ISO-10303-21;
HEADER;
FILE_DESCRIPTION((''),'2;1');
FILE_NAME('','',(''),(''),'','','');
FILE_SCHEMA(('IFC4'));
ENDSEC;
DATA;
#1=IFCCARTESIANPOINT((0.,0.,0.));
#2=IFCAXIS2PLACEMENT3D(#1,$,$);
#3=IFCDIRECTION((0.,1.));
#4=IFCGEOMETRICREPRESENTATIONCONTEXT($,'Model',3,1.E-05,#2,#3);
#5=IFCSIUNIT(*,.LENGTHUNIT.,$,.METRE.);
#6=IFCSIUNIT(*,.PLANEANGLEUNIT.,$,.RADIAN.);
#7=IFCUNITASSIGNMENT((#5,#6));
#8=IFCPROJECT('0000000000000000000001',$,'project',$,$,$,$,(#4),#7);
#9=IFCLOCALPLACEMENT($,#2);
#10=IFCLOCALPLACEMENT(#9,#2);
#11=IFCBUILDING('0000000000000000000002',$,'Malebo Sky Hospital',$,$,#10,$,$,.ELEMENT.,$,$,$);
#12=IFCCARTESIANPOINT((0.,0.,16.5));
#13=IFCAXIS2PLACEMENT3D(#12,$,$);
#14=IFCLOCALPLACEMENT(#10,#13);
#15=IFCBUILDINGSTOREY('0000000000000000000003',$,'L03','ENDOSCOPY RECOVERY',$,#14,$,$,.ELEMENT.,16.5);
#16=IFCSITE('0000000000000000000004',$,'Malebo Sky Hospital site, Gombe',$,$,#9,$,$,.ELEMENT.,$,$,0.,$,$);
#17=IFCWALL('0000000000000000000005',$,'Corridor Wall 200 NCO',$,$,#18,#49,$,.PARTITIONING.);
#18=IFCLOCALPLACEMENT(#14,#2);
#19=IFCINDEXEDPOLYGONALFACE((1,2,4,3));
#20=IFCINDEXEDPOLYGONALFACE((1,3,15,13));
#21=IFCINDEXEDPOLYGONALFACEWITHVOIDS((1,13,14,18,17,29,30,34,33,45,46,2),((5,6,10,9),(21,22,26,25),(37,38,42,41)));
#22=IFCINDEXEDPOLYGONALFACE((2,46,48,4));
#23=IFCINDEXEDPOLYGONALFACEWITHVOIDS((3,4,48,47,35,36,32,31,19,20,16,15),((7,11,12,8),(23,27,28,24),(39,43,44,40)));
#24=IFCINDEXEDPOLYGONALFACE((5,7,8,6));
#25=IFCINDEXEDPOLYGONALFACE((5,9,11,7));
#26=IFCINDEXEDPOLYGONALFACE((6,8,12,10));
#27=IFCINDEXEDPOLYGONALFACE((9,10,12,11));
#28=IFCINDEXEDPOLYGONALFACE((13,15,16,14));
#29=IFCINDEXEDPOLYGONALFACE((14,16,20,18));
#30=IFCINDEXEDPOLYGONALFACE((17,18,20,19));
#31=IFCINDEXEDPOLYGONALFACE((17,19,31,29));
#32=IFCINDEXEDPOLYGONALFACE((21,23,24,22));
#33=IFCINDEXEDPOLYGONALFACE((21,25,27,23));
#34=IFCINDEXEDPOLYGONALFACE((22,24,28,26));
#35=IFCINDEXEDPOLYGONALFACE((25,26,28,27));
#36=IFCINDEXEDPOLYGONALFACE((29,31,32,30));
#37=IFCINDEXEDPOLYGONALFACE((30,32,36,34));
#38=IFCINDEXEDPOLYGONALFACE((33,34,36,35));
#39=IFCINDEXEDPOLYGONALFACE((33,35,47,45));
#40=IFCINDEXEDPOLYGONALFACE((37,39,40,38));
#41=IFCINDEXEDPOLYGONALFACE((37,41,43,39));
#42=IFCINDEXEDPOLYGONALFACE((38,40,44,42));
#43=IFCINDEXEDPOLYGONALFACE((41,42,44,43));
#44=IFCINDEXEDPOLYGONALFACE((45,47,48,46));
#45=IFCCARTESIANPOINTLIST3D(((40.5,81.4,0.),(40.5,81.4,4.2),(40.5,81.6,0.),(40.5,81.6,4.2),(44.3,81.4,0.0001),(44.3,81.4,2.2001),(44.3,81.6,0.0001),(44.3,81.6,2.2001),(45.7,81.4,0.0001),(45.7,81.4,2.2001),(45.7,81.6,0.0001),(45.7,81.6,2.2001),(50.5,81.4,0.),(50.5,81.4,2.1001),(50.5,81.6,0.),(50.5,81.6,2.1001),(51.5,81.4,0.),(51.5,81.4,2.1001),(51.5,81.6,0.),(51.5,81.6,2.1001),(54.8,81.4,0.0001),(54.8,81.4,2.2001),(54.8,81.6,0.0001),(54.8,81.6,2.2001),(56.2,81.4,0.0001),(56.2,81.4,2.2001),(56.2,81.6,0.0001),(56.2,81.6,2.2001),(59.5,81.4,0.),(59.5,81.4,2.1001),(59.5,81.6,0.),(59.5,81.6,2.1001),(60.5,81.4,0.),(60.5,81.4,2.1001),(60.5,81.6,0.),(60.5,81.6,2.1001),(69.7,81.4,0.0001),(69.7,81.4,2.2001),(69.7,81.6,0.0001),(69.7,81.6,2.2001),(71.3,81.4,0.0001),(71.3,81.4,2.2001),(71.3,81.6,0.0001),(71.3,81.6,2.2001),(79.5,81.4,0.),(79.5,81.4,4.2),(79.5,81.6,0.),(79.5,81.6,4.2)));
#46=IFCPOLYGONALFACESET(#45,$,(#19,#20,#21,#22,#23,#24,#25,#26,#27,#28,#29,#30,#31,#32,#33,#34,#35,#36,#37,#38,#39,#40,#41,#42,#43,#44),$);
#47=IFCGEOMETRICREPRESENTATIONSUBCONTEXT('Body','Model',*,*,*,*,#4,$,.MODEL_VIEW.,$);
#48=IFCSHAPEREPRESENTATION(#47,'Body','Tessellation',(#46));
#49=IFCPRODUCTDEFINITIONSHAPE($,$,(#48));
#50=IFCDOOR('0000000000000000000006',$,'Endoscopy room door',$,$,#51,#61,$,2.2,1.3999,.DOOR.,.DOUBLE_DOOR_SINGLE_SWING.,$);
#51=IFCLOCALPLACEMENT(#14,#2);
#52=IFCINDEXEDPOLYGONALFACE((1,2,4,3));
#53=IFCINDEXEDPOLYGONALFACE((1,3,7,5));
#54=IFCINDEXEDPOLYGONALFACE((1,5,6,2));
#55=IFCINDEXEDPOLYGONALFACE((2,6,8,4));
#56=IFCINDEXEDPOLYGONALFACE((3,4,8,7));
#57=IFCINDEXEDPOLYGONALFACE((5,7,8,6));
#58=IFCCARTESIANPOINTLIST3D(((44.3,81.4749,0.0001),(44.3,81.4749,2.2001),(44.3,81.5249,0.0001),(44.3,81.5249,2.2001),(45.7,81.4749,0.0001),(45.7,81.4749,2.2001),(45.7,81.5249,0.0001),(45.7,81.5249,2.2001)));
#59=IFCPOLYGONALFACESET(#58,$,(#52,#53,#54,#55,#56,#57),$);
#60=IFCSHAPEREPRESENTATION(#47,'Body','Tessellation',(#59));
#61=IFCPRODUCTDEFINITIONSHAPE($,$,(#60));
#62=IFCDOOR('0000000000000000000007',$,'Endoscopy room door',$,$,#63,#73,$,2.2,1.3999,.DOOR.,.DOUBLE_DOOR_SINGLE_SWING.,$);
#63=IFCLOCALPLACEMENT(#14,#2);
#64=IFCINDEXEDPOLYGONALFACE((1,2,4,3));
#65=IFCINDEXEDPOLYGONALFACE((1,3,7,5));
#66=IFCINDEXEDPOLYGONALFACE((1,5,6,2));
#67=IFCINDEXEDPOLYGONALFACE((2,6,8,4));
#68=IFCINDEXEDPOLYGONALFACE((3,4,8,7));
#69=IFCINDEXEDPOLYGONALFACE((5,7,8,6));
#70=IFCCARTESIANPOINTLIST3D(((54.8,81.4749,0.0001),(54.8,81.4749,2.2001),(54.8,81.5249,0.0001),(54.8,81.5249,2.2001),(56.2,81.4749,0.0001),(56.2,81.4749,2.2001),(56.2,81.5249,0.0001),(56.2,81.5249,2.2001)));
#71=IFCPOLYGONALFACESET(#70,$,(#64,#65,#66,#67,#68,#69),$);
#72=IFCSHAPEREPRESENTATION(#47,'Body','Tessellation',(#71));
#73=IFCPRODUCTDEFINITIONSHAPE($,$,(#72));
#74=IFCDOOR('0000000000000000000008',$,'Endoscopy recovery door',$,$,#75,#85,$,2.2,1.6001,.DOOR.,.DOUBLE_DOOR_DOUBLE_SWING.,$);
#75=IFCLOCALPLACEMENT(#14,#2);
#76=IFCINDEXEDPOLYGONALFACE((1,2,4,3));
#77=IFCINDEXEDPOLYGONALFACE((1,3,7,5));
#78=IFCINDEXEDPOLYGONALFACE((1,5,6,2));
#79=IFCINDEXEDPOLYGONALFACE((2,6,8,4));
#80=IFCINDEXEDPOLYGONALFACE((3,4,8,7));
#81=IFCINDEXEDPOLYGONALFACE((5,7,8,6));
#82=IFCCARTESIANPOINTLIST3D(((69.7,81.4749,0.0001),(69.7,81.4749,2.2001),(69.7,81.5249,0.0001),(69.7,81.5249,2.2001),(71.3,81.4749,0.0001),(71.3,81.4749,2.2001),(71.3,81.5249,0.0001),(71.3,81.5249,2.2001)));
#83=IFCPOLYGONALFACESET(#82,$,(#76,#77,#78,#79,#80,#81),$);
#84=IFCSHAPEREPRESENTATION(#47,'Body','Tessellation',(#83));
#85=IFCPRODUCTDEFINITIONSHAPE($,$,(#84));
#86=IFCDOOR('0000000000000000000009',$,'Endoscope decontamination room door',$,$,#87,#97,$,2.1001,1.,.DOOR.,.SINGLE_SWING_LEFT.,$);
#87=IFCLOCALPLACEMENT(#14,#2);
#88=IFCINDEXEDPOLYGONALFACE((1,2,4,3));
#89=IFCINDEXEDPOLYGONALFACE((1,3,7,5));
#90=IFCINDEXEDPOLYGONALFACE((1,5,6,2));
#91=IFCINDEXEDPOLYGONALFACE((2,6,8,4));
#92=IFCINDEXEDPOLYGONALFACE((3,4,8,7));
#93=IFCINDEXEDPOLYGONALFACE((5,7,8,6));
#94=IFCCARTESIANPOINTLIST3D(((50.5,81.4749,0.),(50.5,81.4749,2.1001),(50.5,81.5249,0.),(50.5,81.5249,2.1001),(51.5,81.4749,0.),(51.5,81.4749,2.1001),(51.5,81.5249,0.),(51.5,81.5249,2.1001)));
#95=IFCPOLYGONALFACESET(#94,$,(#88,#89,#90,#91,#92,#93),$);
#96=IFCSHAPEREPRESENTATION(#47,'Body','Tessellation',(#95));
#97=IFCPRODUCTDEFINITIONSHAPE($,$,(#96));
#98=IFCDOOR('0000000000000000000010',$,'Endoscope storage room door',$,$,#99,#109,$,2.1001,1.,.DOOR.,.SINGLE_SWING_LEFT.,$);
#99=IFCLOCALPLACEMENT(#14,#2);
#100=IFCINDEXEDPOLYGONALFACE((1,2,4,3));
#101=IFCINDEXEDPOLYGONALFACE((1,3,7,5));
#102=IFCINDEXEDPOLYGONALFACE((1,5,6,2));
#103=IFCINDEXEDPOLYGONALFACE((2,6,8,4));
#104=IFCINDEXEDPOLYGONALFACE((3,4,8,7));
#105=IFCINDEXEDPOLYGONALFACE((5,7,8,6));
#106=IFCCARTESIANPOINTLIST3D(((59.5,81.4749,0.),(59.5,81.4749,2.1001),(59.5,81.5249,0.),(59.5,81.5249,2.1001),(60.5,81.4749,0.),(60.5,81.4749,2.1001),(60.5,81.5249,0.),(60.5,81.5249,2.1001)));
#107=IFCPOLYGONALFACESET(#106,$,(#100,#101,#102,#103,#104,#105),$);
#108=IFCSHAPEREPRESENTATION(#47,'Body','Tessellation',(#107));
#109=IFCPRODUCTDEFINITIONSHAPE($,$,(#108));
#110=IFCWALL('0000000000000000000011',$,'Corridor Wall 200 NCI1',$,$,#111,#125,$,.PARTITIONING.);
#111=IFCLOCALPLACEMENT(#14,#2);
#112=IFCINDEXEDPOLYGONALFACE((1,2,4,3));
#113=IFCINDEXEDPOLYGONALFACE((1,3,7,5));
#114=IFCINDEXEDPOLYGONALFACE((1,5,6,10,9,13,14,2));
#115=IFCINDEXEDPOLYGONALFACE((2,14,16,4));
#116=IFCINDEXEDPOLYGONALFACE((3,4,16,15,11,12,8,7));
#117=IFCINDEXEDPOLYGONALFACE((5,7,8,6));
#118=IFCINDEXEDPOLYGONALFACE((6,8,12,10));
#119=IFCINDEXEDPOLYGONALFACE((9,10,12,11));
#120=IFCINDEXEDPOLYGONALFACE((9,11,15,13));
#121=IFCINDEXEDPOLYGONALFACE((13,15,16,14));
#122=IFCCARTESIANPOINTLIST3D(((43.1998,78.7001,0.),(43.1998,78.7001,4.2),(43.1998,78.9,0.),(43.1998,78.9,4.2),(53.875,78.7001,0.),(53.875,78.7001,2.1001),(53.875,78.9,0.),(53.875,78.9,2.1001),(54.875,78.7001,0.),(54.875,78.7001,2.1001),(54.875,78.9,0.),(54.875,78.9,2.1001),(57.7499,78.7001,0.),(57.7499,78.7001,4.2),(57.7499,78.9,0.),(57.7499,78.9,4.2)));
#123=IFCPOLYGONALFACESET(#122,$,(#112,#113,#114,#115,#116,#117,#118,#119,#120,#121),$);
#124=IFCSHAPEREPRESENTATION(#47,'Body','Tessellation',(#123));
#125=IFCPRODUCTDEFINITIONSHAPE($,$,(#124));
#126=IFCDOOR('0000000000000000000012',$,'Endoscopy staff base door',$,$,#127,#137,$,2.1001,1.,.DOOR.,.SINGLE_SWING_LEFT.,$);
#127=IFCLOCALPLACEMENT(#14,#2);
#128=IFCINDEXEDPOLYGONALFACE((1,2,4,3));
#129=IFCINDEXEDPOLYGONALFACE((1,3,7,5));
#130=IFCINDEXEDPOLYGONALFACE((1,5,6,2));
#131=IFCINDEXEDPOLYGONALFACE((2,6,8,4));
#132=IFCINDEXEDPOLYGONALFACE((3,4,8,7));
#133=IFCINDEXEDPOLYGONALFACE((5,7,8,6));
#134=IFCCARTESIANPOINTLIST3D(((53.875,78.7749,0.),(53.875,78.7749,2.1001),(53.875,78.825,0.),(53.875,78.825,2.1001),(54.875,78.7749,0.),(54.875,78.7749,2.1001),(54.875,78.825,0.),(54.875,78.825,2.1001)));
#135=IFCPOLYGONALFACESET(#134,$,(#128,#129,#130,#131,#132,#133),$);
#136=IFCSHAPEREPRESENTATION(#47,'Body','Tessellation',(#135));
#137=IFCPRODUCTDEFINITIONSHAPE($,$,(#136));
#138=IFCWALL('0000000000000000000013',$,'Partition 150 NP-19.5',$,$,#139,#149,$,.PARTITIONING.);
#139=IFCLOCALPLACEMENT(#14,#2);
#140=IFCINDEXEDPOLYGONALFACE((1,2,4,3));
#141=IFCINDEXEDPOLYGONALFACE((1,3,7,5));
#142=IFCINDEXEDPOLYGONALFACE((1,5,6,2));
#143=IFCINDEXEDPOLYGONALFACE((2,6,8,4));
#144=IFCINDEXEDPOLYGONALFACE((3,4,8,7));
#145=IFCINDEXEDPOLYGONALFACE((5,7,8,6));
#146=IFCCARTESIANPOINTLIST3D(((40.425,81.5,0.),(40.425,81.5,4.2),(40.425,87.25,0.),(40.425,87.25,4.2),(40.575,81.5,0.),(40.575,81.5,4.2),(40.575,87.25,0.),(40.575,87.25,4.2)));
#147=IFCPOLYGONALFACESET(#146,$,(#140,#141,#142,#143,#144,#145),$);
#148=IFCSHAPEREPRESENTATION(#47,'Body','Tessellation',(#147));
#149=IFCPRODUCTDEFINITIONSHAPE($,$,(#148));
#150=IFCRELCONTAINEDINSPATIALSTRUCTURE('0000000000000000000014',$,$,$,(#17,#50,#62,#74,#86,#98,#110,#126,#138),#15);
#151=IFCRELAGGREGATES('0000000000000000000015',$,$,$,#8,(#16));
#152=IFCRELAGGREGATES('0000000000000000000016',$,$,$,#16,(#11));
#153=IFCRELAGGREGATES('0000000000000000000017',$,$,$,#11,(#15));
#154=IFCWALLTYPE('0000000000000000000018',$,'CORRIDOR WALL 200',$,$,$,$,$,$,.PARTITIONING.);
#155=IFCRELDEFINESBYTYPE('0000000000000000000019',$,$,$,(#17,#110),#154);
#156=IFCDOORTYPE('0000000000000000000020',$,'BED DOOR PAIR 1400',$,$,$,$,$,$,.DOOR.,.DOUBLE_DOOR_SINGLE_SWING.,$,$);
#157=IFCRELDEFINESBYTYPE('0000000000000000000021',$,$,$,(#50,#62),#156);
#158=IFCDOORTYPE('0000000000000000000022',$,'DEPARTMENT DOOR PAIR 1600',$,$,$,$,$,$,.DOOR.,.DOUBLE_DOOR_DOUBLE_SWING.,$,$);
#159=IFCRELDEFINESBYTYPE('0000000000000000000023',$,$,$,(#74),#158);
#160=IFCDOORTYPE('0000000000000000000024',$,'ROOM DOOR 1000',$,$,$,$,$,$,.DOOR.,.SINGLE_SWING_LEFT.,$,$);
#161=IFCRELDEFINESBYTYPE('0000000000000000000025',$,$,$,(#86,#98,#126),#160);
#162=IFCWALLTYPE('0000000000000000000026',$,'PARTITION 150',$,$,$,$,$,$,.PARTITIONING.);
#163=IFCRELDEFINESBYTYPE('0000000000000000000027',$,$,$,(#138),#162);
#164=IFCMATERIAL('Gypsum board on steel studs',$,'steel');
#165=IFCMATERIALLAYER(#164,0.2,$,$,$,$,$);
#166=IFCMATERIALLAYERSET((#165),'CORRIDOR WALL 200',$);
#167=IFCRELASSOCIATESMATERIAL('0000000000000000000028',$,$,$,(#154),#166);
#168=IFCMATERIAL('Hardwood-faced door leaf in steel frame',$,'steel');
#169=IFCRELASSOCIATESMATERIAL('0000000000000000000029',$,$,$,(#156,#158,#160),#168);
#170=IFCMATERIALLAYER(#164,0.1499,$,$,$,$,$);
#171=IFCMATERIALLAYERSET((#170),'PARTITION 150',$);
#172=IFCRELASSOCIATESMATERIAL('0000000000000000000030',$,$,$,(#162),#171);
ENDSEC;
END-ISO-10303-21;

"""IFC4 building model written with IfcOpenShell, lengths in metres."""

from ifc_helpers import new_model, si_unit, direction, frame, frame_2d, origin, place, context, subcontext, project, spatial, rectangle, extrude, material, layer, layer_set, type_object, element, fill, save


model = new_model("IFC4")

# Units and contexts
model_context = context("Model", 3, precision=1e-05, world=origin(), true_north=direction((0.0, 1.0)))
body_context = subcontext(model_context, "Body", "Model", "MODEL_VIEW")
ifc_project = project(units=[si_unit("LENGTHUNIT", "METRE"), si_unit("PLANEANGLEUNIT", "RADIAN")], contexts=[model_context])

# Site, building, storey
site_placement = place(None, origin())
site = spatial("IfcSite", under=ifc_project, at=site_placement, Name="Malebo Sky Hospital site, Gombe", CompositionType="ELEMENT", RefElevation=0.0)
building_placement = place(site_placement, origin())
building = spatial("IfcBuilding", under=site, at=building_placement, Name="Malebo Sky Hospital", CompositionType="ELEMENT")
storey_placement = place(building_placement, frame((0.0, 0.0, 16.5)))
storey = spatial("IfcBuildingStorey", under=building, at=storey_placement, Name="L03", Description="ENDOSCOPY RECOVERY", CompositionType="ELEMENT", Elevation=16.5)

# Wall, openings, doors
ifc_material_1 = material(Name="Gypsum board on steel studs", Category="steel")
ifc_layer_1 = layer(ifc_material_1, 0.2)
ifc_layer_set_1 = layer_set([ifc_layer_1], Name="CORRIDOR WALL 200")
wall_type_1 = type_object("IfcWallType", Name="CORRIDOR WALL 200", PredefinedType="PARTITIONING", material=ifc_layer_set_1)
wall_1_placement = place(storey_placement, frame((40.5, 81.5, 0.0), z_axis=(0.0, 0.0, 1.0), x_axis=(1.0, 0.0, 0.0)))
wall_1 = element("IfcWall", 1, at=wall_1_placement, inside=storey, type_object=wall_type_1, Name="Corridor Wall 200 NCO", PredefinedType="PARTITIONING", context=body_context, shape_type="SweptSolid", body=[
    extrude(rectangle(XDim=39.0, YDim=0.2, at=frame_2d((19.5, 0.0))), origin(), (0.0, 0.0, 1.0), 4.2),
])
opening_1_placement = place(wall_1_placement, frame((3.8, 0.0, 0.0)))
opening_1 = element("IfcOpeningElement", 2, at=opening_1_placement, cuts=wall_1, PredefinedType="OPENING", context=body_context, shape_type="SweptSolid", body=[
    extrude(rectangle(XDim=1.3999, YDim=2.2, at=frame_2d((0.7, 1.1001))), frame((0.0, 0.1099, 0.0), z_axis=(0.0, -1.0, 0.0), x_axis=(1.0, 0.0, 0.0)), (0.0, 0.0, 1.0), 0.22),
])
opening_2_placement = place(wall_1_placement, frame((10.0, 0.0, 0.0)))
opening_2 = element("IfcOpeningElement", 3, at=opening_2_placement, cuts=wall_1, PredefinedType="OPENING", context=body_context, shape_type="SweptSolid", body=[
    extrude(rectangle(XDim=1.0, YDim=2.1001, at=frame_2d((0.5, 1.05))), frame((0.0, 0.1099, 0.0), z_axis=(0.0, -1.0, 0.0), x_axis=(1.0, 0.0, 0.0)), (0.0, 0.0, 1.0), 0.22),
])
opening_3_placement = place(wall_1_placement, frame((14.3, 0.0, 0.0)))
opening_3 = element("IfcOpeningElement", 4, at=opening_3_placement, cuts=wall_1, PredefinedType="OPENING", context=body_context, shape_type="SweptSolid", body=[
    extrude(rectangle(XDim=1.3999, YDim=2.2, at=frame_2d((0.7, 1.1001))), frame((0.0, 0.1099, 0.0), z_axis=(0.0, -1.0, 0.0), x_axis=(1.0, 0.0, 0.0)), (0.0, 0.0, 1.0), 0.22),
])
opening_4_placement = place(wall_1_placement, frame((19.0, 0.0, 0.0)))
opening_4 = element("IfcOpeningElement", 5, at=opening_4_placement, cuts=wall_1, PredefinedType="OPENING", context=body_context, shape_type="SweptSolid", body=[
    extrude(rectangle(XDim=1.0, YDim=2.1001, at=frame_2d((0.5, 1.05))), frame((0.0, 0.1099, 0.0), z_axis=(0.0, -1.0, 0.0), x_axis=(1.0, 0.0, 0.0)), (0.0, 0.0, 1.0), 0.22),
])
opening_5_placement = place(wall_1_placement, frame((29.2, 0.0, 0.0)))
opening_5 = element("IfcOpeningElement", 6, at=opening_5_placement, cuts=wall_1, PredefinedType="OPENING", context=body_context, shape_type="SweptSolid", body=[
    extrude(rectangle(XDim=1.6001, YDim=2.2, at=frame_2d((0.8, 1.1001))), frame((0.0, 0.1099, 0.0), z_axis=(0.0, -1.0, 0.0), x_axis=(1.0, 0.0, 0.0)), (0.0, 0.0, 1.0), 0.22),
])
ifc_material_2 = material(Name="Hardwood-faced door leaf in steel frame", Category="steel")
door_type_1 = type_object("IfcDoorType", Name="BED DOOR PAIR 1400", OperationType="DOUBLE_DOOR_SINGLE_SWING", PredefinedType="DOOR", material=ifc_material_2)
door_1_placement = place(opening_1_placement, origin())
door_1 = element("IfcDoor", 7, at=door_1_placement, inside=storey, type_object=door_type_1, Name="Endoscopy room door", OperationType="DOUBLE_DOOR_SINGLE_SWING", OverallHeight=2.2, OverallWidth=1.3999, PredefinedType="DOOR", context=body_context, shape_type="SweptSolid", body=[
    extrude(rectangle(XDim=1.3999, YDim=2.2, at=frame_2d((0.7, 1.1001))), frame((0.0, 0.0249, 0.0), z_axis=(0.0, -1.0, 0.0), x_axis=(1.0, 0.0, 0.0)), (0.0, 0.0, 1.0), 0.05),
])
fill(opening_1, door_1)
door_2_placement = place(opening_3_placement, origin())
door_2 = element("IfcDoor", 8, at=door_2_placement, inside=storey, type_object=door_type_1, Name="Endoscopy room door", OperationType="DOUBLE_DOOR_SINGLE_SWING", OverallHeight=2.2, OverallWidth=1.3999, PredefinedType="DOOR", context=body_context, shape_type="SweptSolid", body=[
    extrude(rectangle(XDim=1.3999, YDim=2.2, at=frame_2d((0.7, 1.1001))), frame((0.0, 0.0249, 0.0), z_axis=(0.0, -1.0, 0.0), x_axis=(1.0, 0.0, 0.0)), (0.0, 0.0, 1.0), 0.05),
])
fill(opening_3, door_2)
door_type_2 = type_object("IfcDoorType", Name="DEPARTMENT DOOR PAIR 1600", OperationType="DOUBLE_DOOR_DOUBLE_SWING", PredefinedType="DOOR", material=ifc_material_2)
door_3_placement = place(opening_5_placement, origin())
door_3 = element("IfcDoor", 9, at=door_3_placement, inside=storey, type_object=door_type_2, Name="Endoscopy recovery door", OperationType="DOUBLE_DOOR_DOUBLE_SWING", OverallHeight=2.2, OverallWidth=1.6001, PredefinedType="DOOR", context=body_context, shape_type="SweptSolid", body=[
    extrude(rectangle(XDim=1.6001, YDim=2.2, at=frame_2d((0.8, 1.1001))), frame((0.0, 0.0249, 0.0), z_axis=(0.0, -1.0, 0.0), x_axis=(1.0, 0.0, 0.0)), (0.0, 0.0, 1.0), 0.05),
])
fill(opening_5, door_3)
door_type_3 = type_object("IfcDoorType", Name="ROOM DOOR 1000", OperationType="SINGLE_SWING_LEFT", PredefinedType="DOOR", material=ifc_material_2)
door_4_placement = place(opening_2_placement, origin())
door_4 = element("IfcDoor", 10, at=door_4_placement, inside=storey, type_object=door_type_3, Name="Endoscope decontamination room door", OperationType="SINGLE_SWING_LEFT", OverallHeight=2.1001, OverallWidth=1.0, PredefinedType="DOOR", context=body_context, shape_type="SweptSolid", body=[
    extrude(rectangle(XDim=1.0, YDim=2.1001, at=frame_2d((0.5, 1.05))), frame((0.0, 0.0249, 0.0), z_axis=(0.0, -1.0, 0.0), x_axis=(1.0, 0.0, 0.0)), (0.0, 0.0, 1.0), 0.05),
])
fill(opening_2, door_4)
door_5_placement = place(opening_4_placement, origin())
door_5 = element("IfcDoor", 11, at=door_5_placement, inside=storey, type_object=door_type_3, Name="Endoscope storage room door", OperationType="SINGLE_SWING_LEFT", OverallHeight=2.1001, OverallWidth=1.0, PredefinedType="DOOR", context=body_context, shape_type="SweptSolid", body=[
    extrude(rectangle(XDim=1.0, YDim=2.1001, at=frame_2d((0.5, 1.05))), frame((0.0, 0.0249, 0.0), z_axis=(0.0, -1.0, 0.0), x_axis=(1.0, 0.0, 0.0)), (0.0, 0.0, 1.0), 0.05),
])
fill(opening_4, door_5)

# Wall, opening, door
wall_2_placement = place(storey_placement, frame((43.2, 78.8, 0.0), z_axis=(0.0, 0.0, 1.0), x_axis=(1.0, 0.0, 0.0)))
wall_2 = element("IfcWall", 12, at=wall_2_placement, inside=storey, type_object=wall_type_1, Name="Corridor Wall 200 NCI1", PredefinedType="PARTITIONING", context=body_context, shape_type="SweptSolid", body=[
    extrude(rectangle(XDim=14.55, YDim=0.2, at=frame_2d((7.2749, 0.0))), origin(), (0.0, 0.0, 1.0), 4.2),
])
opening_6_placement = place(wall_2_placement, frame((10.675, 0.0, 0.0)))
opening_6 = element("IfcOpeningElement", 13, at=opening_6_placement, cuts=wall_2, PredefinedType="OPENING", context=body_context, shape_type="SweptSolid", body=[
    extrude(rectangle(XDim=1.0, YDim=2.1001, at=frame_2d((0.5, 1.05))), frame((0.0, 0.1099, 0.0), z_axis=(0.0, -1.0, 0.0), x_axis=(1.0, 0.0, 0.0)), (0.0, 0.0, 1.0), 0.22),
])
door_6_placement = place(opening_6_placement, origin())
door_6 = element("IfcDoor", 14, at=door_6_placement, inside=storey, type_object=door_type_3, Name="Endoscopy staff base door", OperationType="SINGLE_SWING_LEFT", OverallHeight=2.1001, OverallWidth=1.0, PredefinedType="DOOR", context=body_context, shape_type="SweptSolid", body=[
    extrude(rectangle(XDim=1.0, YDim=2.1001, at=frame_2d((0.5, 1.05))), frame((0.0, 0.0249, 0.0), z_axis=(0.0, -1.0, 0.0), x_axis=(1.0, 0.0, 0.0)), (0.0, 0.0, 1.0), 0.05),
])
fill(opening_6, door_6)

# Wall
ifc_layer_2 = layer(ifc_material_1, 0.1499)
ifc_layer_set_2 = layer_set([ifc_layer_2], Name="PARTITION 150")
wall_type_2 = type_object("IfcWallType", Name="PARTITION 150", PredefinedType="PARTITIONING", material=ifc_layer_set_2)
wall_3_placement = place(storey_placement, frame((40.5, 81.5, 0.0), z_axis=(0.0, 0.0, 1.0), x_axis=(0.0, 1.0, 0.0)))
element("IfcWall", 15, at=wall_3_placement, inside=storey, type_object=wall_type_2, Name="Partition 150 NP-19.5", PredefinedType="PARTITIONING", context=body_context, shape_type="SweptSolid", body=[
    extrude(rectangle(XDim=5.75, YDim=0.1499, at=frame_2d((2.875, 0.0))), origin(), (0.0, 0.0, 1.0), 4.2),
])

save(model, "model.ifc")
